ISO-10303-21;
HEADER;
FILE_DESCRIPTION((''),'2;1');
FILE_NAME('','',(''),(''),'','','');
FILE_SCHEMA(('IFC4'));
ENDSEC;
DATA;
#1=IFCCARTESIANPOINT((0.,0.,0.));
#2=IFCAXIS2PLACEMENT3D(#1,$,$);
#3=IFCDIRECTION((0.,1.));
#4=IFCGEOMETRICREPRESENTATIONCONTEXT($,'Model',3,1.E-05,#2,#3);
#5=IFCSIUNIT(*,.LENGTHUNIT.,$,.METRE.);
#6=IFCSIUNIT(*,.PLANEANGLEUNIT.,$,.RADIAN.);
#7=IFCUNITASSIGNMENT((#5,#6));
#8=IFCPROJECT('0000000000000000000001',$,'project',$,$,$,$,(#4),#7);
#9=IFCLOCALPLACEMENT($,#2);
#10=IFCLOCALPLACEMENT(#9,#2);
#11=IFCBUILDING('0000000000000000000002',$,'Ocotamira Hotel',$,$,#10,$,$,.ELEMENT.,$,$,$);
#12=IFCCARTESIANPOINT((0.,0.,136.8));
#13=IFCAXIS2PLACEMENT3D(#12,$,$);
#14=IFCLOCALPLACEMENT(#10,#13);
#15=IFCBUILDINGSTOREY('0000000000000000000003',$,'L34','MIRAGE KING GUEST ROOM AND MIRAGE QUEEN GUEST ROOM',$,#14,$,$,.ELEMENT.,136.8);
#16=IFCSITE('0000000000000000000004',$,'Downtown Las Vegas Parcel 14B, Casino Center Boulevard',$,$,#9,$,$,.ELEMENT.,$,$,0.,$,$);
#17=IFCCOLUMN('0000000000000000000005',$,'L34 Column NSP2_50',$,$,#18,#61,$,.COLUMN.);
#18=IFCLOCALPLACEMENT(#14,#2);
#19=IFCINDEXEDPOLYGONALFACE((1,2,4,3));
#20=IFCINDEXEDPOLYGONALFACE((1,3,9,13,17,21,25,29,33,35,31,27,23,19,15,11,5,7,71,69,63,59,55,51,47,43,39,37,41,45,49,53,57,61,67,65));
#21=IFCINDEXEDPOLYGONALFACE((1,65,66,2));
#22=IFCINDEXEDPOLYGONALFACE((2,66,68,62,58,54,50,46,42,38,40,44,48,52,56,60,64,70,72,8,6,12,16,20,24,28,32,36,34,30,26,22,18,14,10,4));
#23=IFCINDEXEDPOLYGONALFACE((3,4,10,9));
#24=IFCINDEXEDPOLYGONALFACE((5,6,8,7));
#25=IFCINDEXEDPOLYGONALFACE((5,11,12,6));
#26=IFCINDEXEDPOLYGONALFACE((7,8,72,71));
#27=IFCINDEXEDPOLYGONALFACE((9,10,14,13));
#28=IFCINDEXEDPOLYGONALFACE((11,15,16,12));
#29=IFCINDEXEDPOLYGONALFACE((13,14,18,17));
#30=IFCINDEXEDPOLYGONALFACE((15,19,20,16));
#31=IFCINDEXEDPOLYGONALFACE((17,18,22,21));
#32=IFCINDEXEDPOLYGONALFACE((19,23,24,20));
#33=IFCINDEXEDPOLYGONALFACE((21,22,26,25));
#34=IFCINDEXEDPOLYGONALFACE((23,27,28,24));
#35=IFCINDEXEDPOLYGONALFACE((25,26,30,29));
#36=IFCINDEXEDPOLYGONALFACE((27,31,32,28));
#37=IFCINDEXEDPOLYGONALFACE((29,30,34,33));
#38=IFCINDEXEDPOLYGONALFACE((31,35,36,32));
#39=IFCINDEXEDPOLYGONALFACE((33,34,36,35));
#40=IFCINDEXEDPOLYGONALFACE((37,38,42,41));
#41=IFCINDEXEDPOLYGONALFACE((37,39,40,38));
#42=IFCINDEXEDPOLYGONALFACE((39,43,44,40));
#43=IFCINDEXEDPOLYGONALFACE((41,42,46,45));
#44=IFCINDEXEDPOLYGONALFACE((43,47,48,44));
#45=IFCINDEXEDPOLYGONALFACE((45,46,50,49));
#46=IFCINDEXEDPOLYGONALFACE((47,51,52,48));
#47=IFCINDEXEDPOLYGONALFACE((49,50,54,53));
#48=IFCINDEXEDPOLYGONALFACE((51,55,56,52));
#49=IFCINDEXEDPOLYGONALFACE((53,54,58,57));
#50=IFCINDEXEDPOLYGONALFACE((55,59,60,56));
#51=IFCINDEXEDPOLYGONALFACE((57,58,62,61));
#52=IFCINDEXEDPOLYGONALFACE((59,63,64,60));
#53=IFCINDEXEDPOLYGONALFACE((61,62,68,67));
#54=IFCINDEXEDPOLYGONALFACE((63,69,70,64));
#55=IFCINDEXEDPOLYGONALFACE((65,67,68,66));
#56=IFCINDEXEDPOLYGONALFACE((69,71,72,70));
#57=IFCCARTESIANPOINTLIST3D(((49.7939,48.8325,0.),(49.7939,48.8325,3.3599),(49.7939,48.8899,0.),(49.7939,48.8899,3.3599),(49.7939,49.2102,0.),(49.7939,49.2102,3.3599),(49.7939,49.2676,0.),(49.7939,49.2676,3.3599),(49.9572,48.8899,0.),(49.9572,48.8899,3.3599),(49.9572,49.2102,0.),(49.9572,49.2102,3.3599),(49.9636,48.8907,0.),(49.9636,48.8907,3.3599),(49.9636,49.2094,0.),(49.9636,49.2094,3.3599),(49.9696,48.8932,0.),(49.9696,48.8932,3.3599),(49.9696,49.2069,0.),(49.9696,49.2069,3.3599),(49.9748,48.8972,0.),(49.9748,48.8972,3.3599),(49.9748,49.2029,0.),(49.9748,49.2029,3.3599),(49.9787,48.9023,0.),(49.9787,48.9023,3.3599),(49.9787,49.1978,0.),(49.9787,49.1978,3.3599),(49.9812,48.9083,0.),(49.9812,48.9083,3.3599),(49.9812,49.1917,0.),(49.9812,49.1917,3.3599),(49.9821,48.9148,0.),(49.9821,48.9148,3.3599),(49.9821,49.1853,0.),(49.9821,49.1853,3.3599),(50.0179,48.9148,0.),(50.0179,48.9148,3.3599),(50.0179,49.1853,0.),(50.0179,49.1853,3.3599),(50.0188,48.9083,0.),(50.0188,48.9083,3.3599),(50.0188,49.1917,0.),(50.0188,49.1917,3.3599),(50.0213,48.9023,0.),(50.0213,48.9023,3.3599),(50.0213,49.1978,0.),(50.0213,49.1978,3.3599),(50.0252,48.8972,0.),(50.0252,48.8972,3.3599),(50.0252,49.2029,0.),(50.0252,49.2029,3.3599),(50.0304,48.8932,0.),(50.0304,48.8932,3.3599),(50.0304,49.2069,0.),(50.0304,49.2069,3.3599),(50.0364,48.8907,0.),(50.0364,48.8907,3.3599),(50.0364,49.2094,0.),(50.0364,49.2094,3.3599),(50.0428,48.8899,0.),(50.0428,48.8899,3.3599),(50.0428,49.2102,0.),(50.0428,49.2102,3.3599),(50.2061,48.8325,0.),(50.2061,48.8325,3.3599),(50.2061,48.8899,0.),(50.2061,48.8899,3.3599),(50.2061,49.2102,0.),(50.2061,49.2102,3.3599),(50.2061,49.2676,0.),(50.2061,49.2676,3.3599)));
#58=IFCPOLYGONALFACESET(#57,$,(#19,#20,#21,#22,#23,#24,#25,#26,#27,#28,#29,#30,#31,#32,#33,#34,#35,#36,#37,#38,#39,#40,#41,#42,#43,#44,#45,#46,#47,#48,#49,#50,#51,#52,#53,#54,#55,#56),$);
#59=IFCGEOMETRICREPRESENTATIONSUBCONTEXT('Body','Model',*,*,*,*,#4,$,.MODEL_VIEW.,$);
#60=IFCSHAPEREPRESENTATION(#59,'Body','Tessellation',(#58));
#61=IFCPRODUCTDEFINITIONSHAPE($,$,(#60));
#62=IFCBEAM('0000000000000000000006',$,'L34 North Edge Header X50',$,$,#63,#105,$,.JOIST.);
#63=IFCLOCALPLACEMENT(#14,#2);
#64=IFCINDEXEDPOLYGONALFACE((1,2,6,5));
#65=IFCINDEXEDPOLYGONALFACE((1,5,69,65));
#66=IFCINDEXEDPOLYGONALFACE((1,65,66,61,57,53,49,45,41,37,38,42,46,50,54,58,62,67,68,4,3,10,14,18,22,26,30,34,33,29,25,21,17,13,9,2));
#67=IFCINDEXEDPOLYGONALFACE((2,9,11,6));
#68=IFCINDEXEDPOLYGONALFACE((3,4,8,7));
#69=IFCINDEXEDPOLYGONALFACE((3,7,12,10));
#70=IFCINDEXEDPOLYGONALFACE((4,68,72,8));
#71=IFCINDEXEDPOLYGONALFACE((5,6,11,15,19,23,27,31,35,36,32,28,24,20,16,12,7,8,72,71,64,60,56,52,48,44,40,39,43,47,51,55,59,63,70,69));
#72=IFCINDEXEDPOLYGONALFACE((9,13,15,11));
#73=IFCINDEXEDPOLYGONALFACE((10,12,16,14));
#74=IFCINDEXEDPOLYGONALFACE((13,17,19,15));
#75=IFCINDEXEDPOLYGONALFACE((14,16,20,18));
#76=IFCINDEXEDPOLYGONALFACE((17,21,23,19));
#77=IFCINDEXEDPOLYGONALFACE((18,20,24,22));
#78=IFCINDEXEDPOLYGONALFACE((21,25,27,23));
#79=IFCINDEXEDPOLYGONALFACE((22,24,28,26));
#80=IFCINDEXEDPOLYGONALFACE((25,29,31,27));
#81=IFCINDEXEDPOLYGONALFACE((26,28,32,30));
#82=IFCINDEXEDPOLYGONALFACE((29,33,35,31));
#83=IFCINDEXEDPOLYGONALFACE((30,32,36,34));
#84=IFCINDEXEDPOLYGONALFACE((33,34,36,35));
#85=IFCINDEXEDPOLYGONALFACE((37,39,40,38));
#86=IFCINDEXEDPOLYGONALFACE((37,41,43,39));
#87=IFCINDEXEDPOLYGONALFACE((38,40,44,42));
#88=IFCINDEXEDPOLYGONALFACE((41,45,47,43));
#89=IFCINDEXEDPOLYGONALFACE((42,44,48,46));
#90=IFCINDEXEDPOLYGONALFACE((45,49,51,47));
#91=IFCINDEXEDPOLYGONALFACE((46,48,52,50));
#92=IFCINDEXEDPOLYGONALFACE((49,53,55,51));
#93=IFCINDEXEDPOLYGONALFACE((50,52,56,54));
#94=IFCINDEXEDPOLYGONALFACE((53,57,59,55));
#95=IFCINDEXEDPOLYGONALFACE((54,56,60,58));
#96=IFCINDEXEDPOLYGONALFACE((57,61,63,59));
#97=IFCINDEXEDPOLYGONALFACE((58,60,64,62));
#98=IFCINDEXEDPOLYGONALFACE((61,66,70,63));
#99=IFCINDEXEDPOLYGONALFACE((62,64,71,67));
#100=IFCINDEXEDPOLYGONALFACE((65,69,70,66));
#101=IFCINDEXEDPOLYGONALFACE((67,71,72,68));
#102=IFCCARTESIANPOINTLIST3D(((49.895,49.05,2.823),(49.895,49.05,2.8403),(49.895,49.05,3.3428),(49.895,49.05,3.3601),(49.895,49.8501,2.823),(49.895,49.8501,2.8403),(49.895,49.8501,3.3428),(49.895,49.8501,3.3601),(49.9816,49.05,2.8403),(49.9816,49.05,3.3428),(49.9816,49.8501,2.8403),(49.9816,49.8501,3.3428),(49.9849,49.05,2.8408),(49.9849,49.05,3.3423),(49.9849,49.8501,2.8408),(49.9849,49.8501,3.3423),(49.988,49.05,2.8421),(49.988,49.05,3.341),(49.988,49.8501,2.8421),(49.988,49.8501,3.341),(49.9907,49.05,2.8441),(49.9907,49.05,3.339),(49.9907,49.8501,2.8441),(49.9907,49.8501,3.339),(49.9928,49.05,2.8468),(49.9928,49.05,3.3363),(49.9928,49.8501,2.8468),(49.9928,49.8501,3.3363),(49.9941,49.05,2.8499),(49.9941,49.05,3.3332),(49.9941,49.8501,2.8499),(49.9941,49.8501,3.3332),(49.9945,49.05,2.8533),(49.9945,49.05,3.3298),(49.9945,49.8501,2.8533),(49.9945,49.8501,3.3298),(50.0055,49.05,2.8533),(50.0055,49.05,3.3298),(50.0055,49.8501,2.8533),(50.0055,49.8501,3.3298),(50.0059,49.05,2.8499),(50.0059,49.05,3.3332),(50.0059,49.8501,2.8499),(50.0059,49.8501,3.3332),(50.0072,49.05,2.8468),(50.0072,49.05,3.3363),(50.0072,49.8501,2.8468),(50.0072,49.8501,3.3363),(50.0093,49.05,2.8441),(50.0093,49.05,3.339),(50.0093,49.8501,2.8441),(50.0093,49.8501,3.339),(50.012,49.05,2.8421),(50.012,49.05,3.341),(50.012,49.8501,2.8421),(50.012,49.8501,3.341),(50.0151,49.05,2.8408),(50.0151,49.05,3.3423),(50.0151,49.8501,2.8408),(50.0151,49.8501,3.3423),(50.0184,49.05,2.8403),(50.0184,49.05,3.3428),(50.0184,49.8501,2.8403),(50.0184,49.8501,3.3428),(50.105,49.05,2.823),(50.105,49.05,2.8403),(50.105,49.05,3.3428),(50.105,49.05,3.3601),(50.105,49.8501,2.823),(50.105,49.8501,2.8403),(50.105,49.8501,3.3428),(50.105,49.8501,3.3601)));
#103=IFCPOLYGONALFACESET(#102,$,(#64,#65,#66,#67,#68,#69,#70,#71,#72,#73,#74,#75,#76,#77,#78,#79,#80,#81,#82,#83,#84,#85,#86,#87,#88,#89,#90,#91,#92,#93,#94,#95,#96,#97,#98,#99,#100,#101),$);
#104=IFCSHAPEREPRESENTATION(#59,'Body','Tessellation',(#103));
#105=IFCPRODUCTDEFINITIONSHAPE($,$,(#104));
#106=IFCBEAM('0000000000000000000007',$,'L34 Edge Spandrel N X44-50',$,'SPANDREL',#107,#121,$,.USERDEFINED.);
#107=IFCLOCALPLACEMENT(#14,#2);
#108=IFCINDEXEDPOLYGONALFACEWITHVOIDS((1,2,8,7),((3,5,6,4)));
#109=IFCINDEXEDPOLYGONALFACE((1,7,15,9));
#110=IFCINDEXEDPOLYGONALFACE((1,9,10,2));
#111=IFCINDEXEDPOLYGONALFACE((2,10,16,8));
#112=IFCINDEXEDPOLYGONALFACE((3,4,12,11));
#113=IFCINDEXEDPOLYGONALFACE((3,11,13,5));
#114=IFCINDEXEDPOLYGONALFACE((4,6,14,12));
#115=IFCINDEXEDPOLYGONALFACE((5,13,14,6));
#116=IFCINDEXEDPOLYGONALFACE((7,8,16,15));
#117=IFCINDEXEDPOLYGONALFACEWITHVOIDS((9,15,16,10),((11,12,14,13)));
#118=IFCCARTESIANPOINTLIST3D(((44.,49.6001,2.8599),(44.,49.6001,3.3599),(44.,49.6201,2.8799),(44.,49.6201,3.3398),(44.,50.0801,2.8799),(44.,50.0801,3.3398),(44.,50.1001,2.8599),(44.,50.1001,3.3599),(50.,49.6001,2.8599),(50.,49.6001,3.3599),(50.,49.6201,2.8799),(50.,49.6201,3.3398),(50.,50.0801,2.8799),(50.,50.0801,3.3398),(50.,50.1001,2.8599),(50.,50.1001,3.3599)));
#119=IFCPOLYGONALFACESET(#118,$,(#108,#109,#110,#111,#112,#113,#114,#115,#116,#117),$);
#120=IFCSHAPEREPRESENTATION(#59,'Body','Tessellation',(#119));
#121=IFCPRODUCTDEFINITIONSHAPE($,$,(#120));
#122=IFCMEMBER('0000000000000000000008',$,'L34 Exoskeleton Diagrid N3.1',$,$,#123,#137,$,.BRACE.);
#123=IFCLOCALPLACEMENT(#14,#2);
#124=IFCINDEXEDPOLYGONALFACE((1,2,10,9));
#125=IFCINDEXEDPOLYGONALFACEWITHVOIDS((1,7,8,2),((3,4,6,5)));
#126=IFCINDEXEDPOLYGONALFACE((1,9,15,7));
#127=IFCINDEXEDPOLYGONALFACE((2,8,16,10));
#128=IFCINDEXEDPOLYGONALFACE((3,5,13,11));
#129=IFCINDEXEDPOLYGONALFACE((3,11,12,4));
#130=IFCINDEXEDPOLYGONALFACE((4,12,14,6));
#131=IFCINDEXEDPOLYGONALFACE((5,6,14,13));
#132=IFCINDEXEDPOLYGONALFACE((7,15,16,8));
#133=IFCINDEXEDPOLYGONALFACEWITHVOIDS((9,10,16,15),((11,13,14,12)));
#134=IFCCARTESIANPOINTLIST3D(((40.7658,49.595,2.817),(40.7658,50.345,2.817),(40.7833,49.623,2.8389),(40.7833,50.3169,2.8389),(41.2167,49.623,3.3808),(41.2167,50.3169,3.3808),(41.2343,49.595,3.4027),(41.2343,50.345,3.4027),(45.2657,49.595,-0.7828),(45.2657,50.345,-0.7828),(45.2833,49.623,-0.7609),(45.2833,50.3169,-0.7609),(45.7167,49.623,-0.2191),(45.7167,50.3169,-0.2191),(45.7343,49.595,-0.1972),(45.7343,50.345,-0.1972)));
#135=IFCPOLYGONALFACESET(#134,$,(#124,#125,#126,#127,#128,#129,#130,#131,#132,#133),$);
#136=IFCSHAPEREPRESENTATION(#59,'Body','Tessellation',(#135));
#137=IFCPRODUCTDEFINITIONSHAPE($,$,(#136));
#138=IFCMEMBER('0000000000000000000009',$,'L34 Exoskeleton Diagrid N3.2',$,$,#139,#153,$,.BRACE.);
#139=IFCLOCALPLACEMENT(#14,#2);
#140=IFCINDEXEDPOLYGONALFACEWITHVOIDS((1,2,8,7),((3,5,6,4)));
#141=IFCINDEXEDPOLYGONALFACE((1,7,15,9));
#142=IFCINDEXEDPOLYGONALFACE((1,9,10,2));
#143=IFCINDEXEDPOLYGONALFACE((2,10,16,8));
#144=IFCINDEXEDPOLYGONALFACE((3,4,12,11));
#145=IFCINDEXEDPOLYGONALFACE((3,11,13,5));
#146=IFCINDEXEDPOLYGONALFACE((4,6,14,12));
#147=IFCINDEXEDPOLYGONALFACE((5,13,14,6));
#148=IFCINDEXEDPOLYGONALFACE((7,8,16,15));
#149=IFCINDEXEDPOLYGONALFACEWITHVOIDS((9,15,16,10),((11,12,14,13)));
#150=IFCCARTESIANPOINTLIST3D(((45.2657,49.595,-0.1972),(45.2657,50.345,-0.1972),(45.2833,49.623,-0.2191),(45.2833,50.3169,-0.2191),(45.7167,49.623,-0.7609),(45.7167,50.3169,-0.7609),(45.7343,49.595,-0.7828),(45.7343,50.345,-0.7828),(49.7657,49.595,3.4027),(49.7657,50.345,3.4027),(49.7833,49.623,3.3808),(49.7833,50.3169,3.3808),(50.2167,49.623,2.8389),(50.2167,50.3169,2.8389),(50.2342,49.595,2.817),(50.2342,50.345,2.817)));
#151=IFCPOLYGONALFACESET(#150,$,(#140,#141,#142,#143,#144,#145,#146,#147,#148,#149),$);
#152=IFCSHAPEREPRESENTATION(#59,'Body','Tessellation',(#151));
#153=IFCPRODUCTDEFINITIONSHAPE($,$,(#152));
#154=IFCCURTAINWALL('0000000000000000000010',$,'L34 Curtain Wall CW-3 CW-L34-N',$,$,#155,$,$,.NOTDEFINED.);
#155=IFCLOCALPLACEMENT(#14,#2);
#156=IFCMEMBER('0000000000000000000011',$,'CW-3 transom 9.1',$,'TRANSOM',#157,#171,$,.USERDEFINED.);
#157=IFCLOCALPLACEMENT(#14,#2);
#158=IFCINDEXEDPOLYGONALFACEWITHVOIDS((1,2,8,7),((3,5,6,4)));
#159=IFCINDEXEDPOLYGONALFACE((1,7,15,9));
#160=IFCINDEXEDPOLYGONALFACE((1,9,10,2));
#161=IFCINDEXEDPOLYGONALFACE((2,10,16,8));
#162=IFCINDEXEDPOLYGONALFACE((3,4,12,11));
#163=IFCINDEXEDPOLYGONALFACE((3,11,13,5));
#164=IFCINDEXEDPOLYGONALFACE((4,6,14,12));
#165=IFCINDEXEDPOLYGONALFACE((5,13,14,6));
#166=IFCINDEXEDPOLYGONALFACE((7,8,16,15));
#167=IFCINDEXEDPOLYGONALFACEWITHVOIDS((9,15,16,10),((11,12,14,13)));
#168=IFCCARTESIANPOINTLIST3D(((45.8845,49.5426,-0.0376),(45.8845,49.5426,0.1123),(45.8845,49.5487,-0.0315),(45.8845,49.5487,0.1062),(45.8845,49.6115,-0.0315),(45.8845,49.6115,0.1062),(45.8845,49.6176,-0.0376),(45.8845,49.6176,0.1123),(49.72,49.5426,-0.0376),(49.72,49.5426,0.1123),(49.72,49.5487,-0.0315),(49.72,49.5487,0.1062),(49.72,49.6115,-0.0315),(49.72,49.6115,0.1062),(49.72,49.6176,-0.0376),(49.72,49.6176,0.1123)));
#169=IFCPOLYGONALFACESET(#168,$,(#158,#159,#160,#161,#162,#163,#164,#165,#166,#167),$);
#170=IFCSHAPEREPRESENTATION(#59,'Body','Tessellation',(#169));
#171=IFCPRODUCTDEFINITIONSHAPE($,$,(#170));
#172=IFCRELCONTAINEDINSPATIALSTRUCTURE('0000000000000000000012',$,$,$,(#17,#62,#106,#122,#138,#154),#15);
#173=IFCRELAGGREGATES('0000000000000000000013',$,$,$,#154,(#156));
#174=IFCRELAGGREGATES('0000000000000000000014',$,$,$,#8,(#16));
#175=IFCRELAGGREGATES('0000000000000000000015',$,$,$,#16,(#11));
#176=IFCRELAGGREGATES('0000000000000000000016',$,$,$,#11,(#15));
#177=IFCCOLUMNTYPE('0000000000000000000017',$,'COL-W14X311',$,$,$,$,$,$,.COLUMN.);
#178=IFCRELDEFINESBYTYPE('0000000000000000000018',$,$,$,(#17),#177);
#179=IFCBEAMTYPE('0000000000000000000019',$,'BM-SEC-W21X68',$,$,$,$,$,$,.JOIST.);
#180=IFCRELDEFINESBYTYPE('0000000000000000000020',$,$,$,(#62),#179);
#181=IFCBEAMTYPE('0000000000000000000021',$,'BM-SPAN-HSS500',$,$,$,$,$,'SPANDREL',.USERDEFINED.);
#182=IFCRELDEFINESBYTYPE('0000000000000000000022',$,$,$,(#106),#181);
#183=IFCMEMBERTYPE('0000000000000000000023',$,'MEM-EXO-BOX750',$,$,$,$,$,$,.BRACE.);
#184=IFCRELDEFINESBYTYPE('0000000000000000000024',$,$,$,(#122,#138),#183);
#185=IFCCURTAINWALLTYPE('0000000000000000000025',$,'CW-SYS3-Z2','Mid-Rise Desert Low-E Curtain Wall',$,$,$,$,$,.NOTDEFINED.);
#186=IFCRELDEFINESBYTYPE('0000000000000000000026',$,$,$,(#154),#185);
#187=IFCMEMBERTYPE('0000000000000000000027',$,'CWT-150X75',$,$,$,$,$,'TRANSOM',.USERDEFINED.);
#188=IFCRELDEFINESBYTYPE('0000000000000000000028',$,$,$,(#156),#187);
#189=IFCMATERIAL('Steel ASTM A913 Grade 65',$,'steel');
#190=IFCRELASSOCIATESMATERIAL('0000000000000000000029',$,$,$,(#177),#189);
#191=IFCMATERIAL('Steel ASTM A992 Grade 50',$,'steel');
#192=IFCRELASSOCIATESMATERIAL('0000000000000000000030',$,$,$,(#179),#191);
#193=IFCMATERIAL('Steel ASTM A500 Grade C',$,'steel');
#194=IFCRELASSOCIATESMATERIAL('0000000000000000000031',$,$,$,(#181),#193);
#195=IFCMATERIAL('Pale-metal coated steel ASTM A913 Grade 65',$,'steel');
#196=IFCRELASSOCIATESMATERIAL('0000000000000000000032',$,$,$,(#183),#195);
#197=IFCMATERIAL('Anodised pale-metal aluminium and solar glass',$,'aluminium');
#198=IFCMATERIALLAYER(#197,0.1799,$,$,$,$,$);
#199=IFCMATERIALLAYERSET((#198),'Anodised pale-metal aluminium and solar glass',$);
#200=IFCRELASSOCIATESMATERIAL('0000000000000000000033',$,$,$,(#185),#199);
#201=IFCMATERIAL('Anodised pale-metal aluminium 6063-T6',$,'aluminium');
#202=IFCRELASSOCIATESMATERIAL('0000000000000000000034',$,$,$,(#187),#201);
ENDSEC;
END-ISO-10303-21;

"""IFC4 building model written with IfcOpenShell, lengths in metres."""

from ifc_helpers import new_model, si_unit, direction, frame, origin, origin_2d, place, context, subcontext, project, spatial, hollow_rectangle, i_section, extrude, source, transform, mapped, material, layer, layer_set, material_profile, profile_set, type_object, element, aggregate, save


model = new_model("IFC4")

# Units and contexts
model_context = context("Model", 3, precision=1e-05, world=origin(), true_north=direction((0.0, 1.0)))
body_context = subcontext(model_context, "Body", "Model", "MODEL_VIEW")
ifc_project = project(units=[si_unit("LENGTHUNIT", "METRE"), si_unit("PLANEANGLEUNIT", "RADIAN")], contexts=[model_context])

# Site, building, storey
site_placement = place(None, origin())
site = spatial("IfcSite", under=ifc_project, at=site_placement, Name="Downtown Las Vegas Parcel 14B, Casino Center Boulevard", CompositionType="ELEMENT", RefElevation=0.0)
building_placement = place(site_placement, origin())
building = spatial("IfcBuilding", under=site, at=building_placement, Name="Ocotamira Hotel", CompositionType="ELEMENT")
storey_placement = place(building_placement, frame((0.0, 0.0, 136.8)))
storey = spatial("IfcBuildingStorey", under=building, at=storey_placement, Name="L34", Description="MIRAGE KING GUEST ROOM AND MIRAGE QUEEN GUEST ROOM", CompositionType="ELEMENT", Elevation=136.8)

# Column
ifc_material_1 = material(Name="Steel ASTM A913 Grade 65", Category="steel")
ifc_material_profile_1 = material_profile(ifc_material_1, i_section(OverallWidth=0.4121, OverallDepth=0.4351, WebThickness=0.0359, FlangeThickness=0.0574, FilletRadius=0.0249, at=origin_2d()), Name="W14X311")
ifc_profile_set_1 = profile_set([ifc_material_profile_1], Name="Steel ASTM A913 Grade 65")
column_type = type_object("IfcColumnType", Name="COL-W14X311", PredefinedType="COLUMN", material=ifc_profile_set_1)
shared_shape_1 = source(origin(), body_context, "Body", "SweptSolid", [
    extrude(i_section(OverallWidth=0.4121, OverallDepth=0.4351, WebThickness=0.0359, FlangeThickness=0.0574, FilletRadius=0.0249, at=origin_2d()), origin(), (0.0, 0.0, 1.0), 3.3599),
])
column_placement = place(storey_placement, frame((50.0, 49.05, 0.0), z_axis=(0.0, 0.0, 1.0), x_axis=(1.0, 0.0, 0.0)))
element("IfcColumn", 1, at=column_placement, inside=storey, type_object=column_type, Name="L34 Column NSP2_50", PredefinedType="COLUMN", context=body_context, shape_type="MappedRepresentation", body=[
    mapped(shared_shape_1, transform((0.0, 0.0, 0.0), scale=1.0)),
])

# Beams
ifc_material_2 = material(Name="Steel ASTM A992 Grade 50", Category="steel")
ifc_material_profile_2 = material_profile(ifc_material_2, i_section(OverallWidth=0.21, OverallDepth=0.5371, WebThickness=0.011, FlangeThickness=0.0173, FilletRadius=0.0129, at=origin_2d()), Name="W21X68")
ifc_profile_set_2 = profile_set([ifc_material_profile_2], Name="Steel ASTM A992 Grade 50")
beam_type_1 = type_object("IfcBeamType", Name="BM-SEC-W21X68", PredefinedType="JOIST", material=ifc_profile_set_2)
shared_shape_2 = source(origin(), body_context, "Body", "SweptSolid", [
    extrude(i_section(OverallWidth=0.21, OverallDepth=0.5371, WebThickness=0.011, FlangeThickness=0.0173, FilletRadius=0.0129, at=origin_2d()), origin(), (0.0, 0.0, 1.0), 0.8),
])
beam_1_placement = place(storey_placement, frame((50.0, 49.05, 3.0916), z_axis=(0.0, 1.0, 0.0), x_axis=(-1.0, 0.0, 0.0)))
element("IfcBeam", 2, at=beam_1_placement, inside=storey, type_object=beam_type_1, Name="L34 North Edge Header X50", PredefinedType="JOIST", context=body_context, shape_type="MappedRepresentation", body=[
    mapped(shared_shape_2, transform((0.0, 0.0, 0.0), scale=1.0)),
])
ifc_material_3 = material(Name="Steel ASTM A500 Grade C", Category="steel")
ifc_material_profile_3 = material_profile(ifc_material_3, hollow_rectangle(XDim=0.5, YDim=0.5, WallThickness=0.02, at=origin_2d()), Name="HSS500X500X20")
ifc_profile_set_3 = profile_set([ifc_material_profile_3], Name="Steel ASTM A500 Grade C")
beam_type_2 = type_object("IfcBeamType", Name="BM-SPAN-HSS500", ElementType="SPANDREL", PredefinedType="USERDEFINED", material=ifc_profile_set_3)
shared_shape_3 = source(origin(), body_context, "Body", "SweptSolid", [
    extrude(hollow_rectangle(XDim=0.5, YDim=0.5, WallThickness=0.02, at=origin_2d()), origin(), (0.0, 0.0, 1.0), 6.0),
])
beam_2_placement = place(storey_placement, frame((44.0, 49.8501, 3.1099), z_axis=(1.0, 0.0, 0.0), x_axis=(0.0, 1.0, 0.0)))
element("IfcBeam", 3, at=beam_2_placement, inside=storey, type_object=beam_type_2, Name="L34 Edge Spandrel N X44-50", ObjectType="SPANDREL", PredefinedType="USERDEFINED", context=body_context, shape_type="MappedRepresentation", body=[
    mapped(shared_shape_3, transform((0.0, 0.0, 0.0), scale=1.0)),
])

# Members
ifc_material_4 = material(Name="Pale-metal coated steel ASTM A913 Grade 65", Category="steel")
ifc_material_profile_4 = material_profile(ifc_material_4, hollow_rectangle(XDim=0.75, YDim=0.75, WallThickness=0.0281, at=origin_2d()), Name="BOX750X750X28")
ifc_profile_set_4 = profile_set([ifc_material_profile_4], Name="Pale-metal coated steel ASTM A913 Grade 65")
member_type_1 = type_object("IfcMemberType", Name="MEM-EXO-BOX750", PredefinedType="BRACE", material=ifc_profile_set_4)
shared_shape_4 = source(origin(), body_context, "Body", "SweptSolid", [
    extrude(hollow_rectangle(XDim=0.75, YDim=0.75, WallThickness=0.0281, at=origin_2d()), origin(), (0.0, 0.0, 1.0), 5.7627),
])
for number, where, z_axis, x_axis, name in (
    (4, (45.5, 49.97, -0.49), (-0.780881, 0.0, 0.62468), (0.0, -1.0, 0.0), "L34 Exoskeleton Diagrid N3.1"),
    (5, (45.5, 49.97, -0.49), (0.780881, 0.0, 0.62468), (0.0, 1.0, 0.0), "L34 Exoskeleton Diagrid N3.2"),
):
    element("IfcMember", number, at=place(storey_placement, frame(where, z_axis=z_axis, x_axis=x_axis)), inside=storey, type_object=member_type_1, Name=name, PredefinedType="BRACE", context=body_context, shape_type="MappedRepresentation", body=[
        mapped(shared_shape_4, transform((0.0, 0.0, 0.0), scale=1.0)),
    ])

# Curtain wall, member
ifc_material_5 = material(Name="Anodised pale-metal aluminium and solar glass", Category="aluminium")
ifc_layer_1 = layer(ifc_material_5, 0.1799)
ifc_layer_set_1 = layer_set([ifc_layer_1], Name="Anodised pale-metal aluminium and solar glass")
curtain_wall_type = type_object("IfcCurtainWallType", Name="CW-SYS3-Z2", Description="Mid-Rise Desert Low-E Curtain Wall", PredefinedType="NOTDEFINED", material=ifc_layer_set_1)
curtain_wall_1_placement = place(storey_placement, origin())
curtain_wall_1 = element("IfcCurtainWall", 6, at=curtain_wall_1_placement, inside=storey, type_object=curtain_wall_type, Name="L34 Curtain Wall CW-3 CW-L34-N", PredefinedType="NOTDEFINED")
ifc_material_6 = material(Name="Anodised pale-metal aluminium 6063-T6", Category="aluminium")
ifc_material_profile_5 = material_profile(ifc_material_6, hollow_rectangle(XDim=0.075, YDim=0.1499, WallThickness=0.0061, at=origin_2d()), Name="HSS150X75X6")
ifc_profile_set_5 = profile_set([ifc_material_profile_5], Name="Anodised pale-metal aluminium 6063-T6")
member_type_2 = type_object("IfcMemberType", Name="CWT-150X75", ElementType="TRANSOM", PredefinedType="USERDEFINED", material=ifc_profile_set_5)
shared_shape_5 = source(origin(), body_context, "Body", "SweptSolid", [
    extrude(hollow_rectangle(XDim=0.075, YDim=0.1499, WallThickness=0.0061, at=origin_2d()), origin(), (0.0, 0.0, 1.0), 3.8354),
])
member_1_placement = place(storey_placement, frame((45.8845, 49.5801, 0.0374), z_axis=(1.0, 0.0, 0.0), x_axis=(0.0, 1.0, 0.0)))
member_1 = element("IfcMember", 7, at=member_1_placement, type_object=member_type_2, Name="CW-3 transom 9.1", ObjectType="TRANSOM", PredefinedType="USERDEFINED", context=body_context, shape_type="MappedRepresentation", body=[
    mapped(shared_shape_5, transform((0.0, 0.0, 0.0), scale=1.0)),
])

aggregate(curtain_wall_1, [member_1])

save(model, "model.ifc")
